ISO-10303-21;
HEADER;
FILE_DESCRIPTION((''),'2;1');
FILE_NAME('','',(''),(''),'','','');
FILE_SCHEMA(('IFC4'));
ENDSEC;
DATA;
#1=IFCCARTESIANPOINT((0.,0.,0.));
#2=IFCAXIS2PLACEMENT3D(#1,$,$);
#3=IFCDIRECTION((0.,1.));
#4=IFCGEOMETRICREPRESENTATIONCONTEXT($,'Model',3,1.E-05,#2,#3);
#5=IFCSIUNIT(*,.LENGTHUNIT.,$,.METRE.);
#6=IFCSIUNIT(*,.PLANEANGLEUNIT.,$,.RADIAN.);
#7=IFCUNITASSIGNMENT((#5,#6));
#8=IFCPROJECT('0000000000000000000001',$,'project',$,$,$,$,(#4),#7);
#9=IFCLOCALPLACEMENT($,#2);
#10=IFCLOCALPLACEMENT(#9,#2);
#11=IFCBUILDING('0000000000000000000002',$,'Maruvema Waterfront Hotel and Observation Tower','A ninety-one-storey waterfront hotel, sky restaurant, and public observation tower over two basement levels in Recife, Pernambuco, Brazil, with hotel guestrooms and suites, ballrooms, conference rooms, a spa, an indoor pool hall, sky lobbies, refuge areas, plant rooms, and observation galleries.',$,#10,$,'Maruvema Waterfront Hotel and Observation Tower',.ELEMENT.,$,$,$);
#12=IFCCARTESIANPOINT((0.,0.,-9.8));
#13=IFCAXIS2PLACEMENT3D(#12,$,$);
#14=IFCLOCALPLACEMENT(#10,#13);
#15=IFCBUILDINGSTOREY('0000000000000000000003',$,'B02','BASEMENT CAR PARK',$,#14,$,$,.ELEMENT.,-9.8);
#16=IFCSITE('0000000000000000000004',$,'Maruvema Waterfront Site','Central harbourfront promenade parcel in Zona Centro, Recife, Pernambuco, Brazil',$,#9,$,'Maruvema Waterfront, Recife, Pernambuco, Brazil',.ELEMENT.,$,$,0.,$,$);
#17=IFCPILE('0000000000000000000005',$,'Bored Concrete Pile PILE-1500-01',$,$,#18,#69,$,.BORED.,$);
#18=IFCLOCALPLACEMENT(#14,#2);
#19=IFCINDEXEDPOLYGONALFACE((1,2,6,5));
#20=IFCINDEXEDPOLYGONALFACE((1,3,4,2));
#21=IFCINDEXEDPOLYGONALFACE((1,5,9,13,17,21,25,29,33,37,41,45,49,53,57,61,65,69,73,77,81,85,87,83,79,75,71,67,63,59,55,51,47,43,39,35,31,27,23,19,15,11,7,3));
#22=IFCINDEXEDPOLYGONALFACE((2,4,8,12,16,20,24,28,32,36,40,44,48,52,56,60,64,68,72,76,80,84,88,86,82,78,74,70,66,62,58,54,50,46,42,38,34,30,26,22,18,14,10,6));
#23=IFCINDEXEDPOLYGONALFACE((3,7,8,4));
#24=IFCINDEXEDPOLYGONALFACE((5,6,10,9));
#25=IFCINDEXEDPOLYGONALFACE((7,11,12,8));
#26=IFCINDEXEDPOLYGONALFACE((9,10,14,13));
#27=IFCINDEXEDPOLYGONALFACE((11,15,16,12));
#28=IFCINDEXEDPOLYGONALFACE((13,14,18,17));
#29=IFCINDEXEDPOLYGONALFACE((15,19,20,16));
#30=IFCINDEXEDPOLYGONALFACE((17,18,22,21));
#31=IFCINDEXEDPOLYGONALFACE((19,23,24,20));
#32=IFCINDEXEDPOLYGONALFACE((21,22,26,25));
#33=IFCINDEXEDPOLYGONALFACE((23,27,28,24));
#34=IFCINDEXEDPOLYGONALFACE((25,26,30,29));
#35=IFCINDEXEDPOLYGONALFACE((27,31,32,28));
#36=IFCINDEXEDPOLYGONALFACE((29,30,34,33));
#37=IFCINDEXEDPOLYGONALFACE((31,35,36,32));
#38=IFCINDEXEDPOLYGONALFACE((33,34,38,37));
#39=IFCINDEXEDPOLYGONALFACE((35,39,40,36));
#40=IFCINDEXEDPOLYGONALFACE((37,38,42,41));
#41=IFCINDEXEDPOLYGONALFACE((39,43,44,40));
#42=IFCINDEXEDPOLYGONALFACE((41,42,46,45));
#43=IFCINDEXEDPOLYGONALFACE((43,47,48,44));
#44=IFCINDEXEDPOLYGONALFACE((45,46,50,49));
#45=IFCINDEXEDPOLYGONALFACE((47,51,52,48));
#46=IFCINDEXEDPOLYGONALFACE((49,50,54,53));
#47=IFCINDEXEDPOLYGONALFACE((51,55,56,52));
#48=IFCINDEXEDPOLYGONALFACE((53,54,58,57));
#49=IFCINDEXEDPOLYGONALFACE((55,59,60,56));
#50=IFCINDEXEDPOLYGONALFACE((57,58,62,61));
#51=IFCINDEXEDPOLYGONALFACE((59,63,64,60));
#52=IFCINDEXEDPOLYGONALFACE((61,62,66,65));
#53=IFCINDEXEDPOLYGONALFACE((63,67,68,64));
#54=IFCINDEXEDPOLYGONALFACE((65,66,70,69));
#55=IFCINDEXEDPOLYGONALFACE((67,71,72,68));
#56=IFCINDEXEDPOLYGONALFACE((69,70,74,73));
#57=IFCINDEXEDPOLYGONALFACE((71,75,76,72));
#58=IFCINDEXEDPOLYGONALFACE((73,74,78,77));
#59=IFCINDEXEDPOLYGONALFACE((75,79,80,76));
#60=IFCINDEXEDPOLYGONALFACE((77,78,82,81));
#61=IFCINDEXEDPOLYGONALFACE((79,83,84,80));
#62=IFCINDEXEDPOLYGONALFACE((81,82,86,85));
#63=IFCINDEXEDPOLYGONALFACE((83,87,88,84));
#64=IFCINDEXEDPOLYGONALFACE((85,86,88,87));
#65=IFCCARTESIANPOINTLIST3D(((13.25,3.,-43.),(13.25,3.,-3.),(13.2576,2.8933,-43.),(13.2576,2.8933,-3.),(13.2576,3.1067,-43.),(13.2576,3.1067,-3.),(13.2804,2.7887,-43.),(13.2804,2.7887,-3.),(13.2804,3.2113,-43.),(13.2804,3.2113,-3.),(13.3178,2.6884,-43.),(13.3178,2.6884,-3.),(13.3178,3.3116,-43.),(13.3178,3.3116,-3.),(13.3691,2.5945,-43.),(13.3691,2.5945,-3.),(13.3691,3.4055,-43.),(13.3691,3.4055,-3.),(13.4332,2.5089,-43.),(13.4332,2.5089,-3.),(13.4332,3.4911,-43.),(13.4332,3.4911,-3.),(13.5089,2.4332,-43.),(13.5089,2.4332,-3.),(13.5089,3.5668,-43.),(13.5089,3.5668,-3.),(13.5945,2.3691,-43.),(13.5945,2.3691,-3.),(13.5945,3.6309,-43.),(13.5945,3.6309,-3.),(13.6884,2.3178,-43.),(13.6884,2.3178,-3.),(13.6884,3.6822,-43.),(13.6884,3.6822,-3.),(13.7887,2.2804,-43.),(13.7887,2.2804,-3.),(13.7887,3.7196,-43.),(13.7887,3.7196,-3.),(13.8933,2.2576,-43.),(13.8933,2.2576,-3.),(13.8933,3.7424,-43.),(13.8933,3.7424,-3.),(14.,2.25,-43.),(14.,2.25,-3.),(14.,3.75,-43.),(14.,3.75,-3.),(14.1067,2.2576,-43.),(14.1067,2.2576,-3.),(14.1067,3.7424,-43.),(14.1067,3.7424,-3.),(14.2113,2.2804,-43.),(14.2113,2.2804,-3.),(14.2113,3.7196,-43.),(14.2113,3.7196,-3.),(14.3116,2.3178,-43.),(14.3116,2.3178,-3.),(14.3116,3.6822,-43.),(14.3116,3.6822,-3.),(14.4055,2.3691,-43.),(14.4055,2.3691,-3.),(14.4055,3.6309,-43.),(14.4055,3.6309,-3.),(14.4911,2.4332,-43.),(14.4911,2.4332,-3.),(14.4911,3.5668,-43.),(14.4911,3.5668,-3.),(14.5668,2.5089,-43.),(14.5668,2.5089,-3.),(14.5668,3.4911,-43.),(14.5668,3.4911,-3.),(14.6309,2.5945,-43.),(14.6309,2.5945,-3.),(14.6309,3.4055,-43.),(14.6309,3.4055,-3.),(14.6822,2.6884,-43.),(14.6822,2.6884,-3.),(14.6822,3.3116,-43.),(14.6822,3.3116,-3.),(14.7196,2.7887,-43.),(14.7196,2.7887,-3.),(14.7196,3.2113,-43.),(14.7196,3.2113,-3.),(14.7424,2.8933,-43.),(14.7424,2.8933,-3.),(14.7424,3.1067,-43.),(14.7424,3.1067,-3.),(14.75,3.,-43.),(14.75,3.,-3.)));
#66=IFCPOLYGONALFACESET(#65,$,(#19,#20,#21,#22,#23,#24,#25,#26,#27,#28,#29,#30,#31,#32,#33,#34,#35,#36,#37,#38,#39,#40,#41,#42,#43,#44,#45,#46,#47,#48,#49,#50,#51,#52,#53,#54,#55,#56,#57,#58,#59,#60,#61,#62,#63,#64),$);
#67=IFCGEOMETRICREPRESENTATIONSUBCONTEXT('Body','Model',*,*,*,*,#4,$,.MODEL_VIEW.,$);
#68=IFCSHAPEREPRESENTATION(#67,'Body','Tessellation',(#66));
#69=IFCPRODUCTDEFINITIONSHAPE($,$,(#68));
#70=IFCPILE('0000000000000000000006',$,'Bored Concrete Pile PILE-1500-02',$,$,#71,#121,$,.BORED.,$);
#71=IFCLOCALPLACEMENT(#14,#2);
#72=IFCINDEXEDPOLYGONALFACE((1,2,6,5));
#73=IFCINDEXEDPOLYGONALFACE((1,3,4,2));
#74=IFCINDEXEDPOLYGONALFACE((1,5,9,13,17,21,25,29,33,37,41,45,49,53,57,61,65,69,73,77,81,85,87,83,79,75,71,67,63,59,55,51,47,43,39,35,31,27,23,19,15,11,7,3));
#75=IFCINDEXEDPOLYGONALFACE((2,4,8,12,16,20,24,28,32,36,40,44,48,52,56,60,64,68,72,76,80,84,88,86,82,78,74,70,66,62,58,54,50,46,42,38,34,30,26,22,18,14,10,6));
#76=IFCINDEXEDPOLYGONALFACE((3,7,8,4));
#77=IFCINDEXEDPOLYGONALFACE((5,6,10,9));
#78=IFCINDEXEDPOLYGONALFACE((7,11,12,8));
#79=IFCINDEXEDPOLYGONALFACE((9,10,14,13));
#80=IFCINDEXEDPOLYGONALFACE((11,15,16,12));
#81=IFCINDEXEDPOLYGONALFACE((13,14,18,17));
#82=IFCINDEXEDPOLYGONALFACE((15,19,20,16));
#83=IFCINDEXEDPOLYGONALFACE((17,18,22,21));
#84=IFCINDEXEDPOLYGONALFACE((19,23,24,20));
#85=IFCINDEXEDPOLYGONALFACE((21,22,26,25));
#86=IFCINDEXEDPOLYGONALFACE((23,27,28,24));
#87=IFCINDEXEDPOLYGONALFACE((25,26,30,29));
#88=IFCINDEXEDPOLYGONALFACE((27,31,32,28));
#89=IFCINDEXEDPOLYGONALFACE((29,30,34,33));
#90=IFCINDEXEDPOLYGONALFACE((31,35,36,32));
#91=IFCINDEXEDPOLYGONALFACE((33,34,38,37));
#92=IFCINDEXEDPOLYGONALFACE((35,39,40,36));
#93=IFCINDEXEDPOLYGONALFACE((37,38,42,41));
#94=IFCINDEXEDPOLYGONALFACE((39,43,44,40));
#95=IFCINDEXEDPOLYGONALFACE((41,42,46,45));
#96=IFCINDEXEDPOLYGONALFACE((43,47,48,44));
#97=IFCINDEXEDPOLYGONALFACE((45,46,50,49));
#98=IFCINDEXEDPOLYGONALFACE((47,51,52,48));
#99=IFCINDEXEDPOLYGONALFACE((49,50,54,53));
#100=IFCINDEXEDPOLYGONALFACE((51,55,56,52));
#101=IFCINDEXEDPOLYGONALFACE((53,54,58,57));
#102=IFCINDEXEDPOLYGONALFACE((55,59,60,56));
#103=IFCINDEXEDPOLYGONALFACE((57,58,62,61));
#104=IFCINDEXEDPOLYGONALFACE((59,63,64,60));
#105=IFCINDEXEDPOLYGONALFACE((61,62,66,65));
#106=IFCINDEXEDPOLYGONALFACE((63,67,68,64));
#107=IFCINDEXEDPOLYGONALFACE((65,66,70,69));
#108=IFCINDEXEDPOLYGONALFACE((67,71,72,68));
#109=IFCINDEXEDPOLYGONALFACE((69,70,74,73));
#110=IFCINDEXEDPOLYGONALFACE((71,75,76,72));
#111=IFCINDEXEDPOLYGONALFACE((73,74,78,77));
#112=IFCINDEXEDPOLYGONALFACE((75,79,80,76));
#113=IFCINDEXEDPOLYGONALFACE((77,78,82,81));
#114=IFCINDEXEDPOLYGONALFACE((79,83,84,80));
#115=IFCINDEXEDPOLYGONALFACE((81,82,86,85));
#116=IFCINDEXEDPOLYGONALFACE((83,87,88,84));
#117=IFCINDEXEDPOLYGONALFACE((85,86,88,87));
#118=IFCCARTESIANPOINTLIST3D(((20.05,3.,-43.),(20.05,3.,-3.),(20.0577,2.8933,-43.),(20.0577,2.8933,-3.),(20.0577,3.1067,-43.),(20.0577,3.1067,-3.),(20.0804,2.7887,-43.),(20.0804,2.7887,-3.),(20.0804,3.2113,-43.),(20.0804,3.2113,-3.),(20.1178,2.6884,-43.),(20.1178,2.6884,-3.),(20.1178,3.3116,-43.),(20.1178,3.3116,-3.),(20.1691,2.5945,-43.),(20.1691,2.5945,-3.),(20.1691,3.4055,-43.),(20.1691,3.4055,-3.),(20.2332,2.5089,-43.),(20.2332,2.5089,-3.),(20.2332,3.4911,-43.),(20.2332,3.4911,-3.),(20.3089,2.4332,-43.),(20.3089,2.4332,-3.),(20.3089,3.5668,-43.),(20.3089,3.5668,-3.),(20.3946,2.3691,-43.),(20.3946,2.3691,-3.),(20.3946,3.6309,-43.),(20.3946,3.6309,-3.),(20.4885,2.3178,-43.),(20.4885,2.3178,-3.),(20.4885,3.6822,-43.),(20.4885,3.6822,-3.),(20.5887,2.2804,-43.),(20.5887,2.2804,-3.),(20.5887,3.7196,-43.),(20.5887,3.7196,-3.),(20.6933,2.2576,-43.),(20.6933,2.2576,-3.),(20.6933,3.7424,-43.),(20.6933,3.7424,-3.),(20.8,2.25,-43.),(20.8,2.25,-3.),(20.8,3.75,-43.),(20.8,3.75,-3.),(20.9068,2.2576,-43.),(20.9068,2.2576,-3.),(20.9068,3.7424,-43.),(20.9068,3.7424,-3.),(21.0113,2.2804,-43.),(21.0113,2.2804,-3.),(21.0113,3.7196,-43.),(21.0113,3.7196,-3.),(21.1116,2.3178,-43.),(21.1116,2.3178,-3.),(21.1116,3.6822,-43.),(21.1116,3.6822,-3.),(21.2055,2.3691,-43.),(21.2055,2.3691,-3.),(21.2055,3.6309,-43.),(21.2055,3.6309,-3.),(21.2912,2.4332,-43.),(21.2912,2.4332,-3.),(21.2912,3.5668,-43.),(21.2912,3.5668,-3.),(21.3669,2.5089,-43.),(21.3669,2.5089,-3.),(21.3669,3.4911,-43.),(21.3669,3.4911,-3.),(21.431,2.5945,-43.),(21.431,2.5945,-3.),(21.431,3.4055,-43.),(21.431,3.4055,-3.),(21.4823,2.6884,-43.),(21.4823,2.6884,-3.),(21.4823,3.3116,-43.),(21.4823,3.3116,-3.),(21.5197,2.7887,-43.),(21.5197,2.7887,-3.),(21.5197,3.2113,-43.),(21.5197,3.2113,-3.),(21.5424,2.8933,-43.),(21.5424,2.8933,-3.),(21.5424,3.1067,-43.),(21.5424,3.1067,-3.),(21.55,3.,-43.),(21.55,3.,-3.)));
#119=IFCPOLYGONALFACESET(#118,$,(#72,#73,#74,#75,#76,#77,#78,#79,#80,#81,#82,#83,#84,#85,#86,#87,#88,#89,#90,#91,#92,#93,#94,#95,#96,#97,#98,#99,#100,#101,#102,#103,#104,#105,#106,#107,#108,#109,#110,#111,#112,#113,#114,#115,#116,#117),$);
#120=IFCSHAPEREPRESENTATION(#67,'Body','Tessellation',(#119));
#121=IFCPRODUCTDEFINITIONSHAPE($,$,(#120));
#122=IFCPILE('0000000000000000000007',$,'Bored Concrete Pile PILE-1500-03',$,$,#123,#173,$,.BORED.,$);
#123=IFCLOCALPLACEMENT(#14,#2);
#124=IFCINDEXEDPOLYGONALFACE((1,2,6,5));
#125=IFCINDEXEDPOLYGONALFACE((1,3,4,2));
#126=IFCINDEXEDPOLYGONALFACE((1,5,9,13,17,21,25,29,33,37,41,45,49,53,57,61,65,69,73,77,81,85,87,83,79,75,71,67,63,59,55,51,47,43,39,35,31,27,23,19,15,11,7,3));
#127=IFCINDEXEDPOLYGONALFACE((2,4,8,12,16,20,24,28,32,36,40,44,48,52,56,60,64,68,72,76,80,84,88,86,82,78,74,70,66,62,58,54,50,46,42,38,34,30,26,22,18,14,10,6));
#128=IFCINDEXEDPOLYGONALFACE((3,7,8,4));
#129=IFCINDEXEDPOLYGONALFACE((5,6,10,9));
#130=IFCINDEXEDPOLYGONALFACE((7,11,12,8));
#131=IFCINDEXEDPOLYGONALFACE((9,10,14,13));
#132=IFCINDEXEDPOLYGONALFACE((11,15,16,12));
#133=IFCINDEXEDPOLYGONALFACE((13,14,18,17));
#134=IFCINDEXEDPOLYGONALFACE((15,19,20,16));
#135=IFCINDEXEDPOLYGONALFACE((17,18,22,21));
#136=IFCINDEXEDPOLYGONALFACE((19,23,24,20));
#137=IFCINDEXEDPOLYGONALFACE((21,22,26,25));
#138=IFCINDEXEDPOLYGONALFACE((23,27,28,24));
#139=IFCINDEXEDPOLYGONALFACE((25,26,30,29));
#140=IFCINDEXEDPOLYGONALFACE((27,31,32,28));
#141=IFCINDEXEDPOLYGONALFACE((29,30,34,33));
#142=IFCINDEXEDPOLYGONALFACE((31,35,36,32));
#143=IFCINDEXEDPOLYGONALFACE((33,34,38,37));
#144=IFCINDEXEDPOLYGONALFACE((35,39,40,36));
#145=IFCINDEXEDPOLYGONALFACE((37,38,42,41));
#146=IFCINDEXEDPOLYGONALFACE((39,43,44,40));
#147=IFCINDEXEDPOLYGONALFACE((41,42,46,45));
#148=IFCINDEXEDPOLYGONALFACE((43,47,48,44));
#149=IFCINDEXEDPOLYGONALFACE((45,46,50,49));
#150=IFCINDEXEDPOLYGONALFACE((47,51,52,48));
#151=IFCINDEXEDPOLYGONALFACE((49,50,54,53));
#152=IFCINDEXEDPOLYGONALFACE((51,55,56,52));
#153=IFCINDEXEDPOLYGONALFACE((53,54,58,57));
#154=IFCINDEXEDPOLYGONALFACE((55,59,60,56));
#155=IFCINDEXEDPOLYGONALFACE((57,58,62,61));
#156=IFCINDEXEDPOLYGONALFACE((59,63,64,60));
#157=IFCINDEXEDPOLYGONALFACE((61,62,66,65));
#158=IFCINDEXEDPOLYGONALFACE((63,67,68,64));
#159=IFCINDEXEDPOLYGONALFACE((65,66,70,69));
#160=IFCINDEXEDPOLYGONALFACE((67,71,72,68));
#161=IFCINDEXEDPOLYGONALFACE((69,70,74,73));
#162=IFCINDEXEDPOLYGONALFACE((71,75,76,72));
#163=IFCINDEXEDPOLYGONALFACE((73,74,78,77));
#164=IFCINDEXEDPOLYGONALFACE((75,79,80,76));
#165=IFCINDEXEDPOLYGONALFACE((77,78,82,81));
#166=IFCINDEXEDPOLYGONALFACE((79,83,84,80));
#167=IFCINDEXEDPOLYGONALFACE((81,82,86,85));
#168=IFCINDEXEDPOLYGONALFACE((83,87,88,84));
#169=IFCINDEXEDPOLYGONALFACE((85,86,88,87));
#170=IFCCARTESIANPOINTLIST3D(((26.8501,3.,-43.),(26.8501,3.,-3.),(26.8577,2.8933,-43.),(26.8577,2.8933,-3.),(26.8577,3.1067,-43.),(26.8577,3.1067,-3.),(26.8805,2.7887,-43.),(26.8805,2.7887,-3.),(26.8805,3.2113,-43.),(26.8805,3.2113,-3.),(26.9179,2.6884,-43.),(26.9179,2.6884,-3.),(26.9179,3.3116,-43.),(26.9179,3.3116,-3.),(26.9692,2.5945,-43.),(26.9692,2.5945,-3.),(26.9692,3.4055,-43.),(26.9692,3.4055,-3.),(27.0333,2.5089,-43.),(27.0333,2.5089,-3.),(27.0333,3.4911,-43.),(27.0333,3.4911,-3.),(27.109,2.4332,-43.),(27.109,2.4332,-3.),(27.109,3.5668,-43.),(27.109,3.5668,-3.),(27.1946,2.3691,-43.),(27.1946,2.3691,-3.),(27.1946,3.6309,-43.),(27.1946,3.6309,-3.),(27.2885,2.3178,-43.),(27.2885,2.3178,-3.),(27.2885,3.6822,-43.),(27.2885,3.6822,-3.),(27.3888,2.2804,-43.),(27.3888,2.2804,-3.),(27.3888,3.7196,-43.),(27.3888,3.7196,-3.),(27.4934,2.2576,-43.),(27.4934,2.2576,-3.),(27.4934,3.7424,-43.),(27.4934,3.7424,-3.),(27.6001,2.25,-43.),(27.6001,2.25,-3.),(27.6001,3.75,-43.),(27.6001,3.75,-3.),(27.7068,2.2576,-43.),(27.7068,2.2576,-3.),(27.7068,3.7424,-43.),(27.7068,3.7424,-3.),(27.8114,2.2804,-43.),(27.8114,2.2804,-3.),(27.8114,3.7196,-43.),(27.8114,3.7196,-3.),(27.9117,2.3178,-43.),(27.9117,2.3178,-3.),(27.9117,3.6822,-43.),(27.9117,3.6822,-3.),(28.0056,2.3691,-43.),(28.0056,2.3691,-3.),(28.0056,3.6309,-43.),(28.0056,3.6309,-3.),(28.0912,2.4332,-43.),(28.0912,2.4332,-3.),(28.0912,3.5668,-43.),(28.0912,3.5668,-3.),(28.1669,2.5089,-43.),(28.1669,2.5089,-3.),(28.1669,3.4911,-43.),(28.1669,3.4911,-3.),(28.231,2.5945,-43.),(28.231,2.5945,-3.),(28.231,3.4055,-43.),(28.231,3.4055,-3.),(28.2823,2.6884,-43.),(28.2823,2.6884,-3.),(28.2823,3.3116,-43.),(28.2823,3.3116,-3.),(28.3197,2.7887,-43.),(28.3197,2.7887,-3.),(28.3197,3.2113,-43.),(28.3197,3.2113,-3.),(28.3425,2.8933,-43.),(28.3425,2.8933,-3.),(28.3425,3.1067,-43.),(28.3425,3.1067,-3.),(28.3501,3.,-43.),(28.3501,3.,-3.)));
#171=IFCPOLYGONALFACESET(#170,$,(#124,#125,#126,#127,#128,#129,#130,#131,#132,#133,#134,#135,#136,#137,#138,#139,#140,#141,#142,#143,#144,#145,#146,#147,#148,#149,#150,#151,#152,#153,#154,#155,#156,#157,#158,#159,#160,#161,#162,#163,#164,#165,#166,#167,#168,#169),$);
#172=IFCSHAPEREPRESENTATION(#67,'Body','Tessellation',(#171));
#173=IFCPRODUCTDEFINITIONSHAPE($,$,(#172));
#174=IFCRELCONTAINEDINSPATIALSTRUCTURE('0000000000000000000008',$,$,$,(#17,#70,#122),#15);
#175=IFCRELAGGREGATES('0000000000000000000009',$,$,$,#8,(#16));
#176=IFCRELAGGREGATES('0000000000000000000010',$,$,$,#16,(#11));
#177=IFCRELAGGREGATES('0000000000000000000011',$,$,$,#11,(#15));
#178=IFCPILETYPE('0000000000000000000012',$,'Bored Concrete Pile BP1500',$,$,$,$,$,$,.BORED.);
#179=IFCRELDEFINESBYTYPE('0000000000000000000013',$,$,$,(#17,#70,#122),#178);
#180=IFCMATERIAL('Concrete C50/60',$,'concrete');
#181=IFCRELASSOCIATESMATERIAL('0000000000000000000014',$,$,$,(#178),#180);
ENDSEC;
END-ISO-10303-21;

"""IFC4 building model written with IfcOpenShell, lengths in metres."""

from ifc_helpers import new_model, si_unit, direction, frame, origin, origin_2d, place, context, subcontext, project, spatial, circle, extrude, material, material_profile, profile_set, type_object, element, save


model = new_model("IFC4")

# Units and contexts
model_context = context("Model", 3, precision=1e-05, world=origin(), true_north=direction((0.0, 1.0)))
body_context = subcontext(model_context, "Body", "Model", "MODEL_VIEW")
ifc_project = project(units=[si_unit("LENGTHUNIT", "METRE"), si_unit("PLANEANGLEUNIT", "RADIAN")], contexts=[model_context])

# Site, building, storey
site_placement = place(None, origin())
site = spatial("IfcSite", under=ifc_project, at=site_placement, Name="Maruvema Waterfront Site", Description="Central harbourfront promenade parcel in Zona Centro, Recife, Pernambuco, Brazil", LongName="Maruvema Waterfront, Recife, Pernambuco, Brazil", CompositionType="ELEMENT", RefElevation=0.0)
building_placement = place(site_placement, origin())
building = spatial("IfcBuilding", under=site, at=building_placement, Name="Maruvema Waterfront Hotel and Observation Tower", Description="A ninety-one-storey waterfront hotel, sky restaurant, and public observation tower over two basement levels in Recife, Pernambuco, Brazil, with hotel guestrooms and suites, ballrooms, conference rooms, a spa, an indoor pool hall, sky lobbies, refuge areas, plant rooms, and observation galleries.", LongName="Maruvema Waterfront Hotel and Observation Tower", CompositionType="ELEMENT")
storey_placement = place(building_placement, frame((0.0, 0.0, -9.8)))
storey = spatial("IfcBuildingStorey", under=building, at=storey_placement, Name="B02", Description="BASEMENT CAR PARK", CompositionType="ELEMENT", Elevation=-9.8)

# Piles
ifc_material_1 = material(Name="Concrete C50/60", Category="concrete")
ifc_material_profile_1 = material_profile(ifc_material_1, circle(Radius=0.75, at=origin_2d()), Name="BP1500")
ifc_profile_set_1 = profile_set([ifc_material_profile_1], Name="Concrete C50/60")
pile_type_1 = type_object("IfcPileType", Name="Bored Concrete Pile BP1500", PredefinedType="BORED", material=ifc_profile_set_1)
for number, where, z_axis, x_axis, name in (
    (1, (14.0, 3.0, -3.0), (0.0, 0.0, -1.0), (1.0, 0.0, 0.0), "Bored Concrete Pile PILE-1500-01"),
    (2, (20.8, 3.0, -3.0), (0.0, 0.0, -1.0), (1.0, 0.0, 0.0), "Bored Concrete Pile PILE-1500-02"),
    (3, (27.6001, 3.0, -3.0), (0.0, 0.0, -1.0), (1.0, 0.0, 0.0), "Bored Concrete Pile PILE-1500-03"),
):
    element("IfcPile", number, at=place(storey_placement, frame(where, z_axis=z_axis, x_axis=x_axis)), inside=storey, type_object=pile_type_1, Name=name, PredefinedType="BORED", context=body_context, shape_type="SweptSolid", body=[
        extrude(circle(Radius=0.75, at=origin_2d()), origin(), (0.0, 0.0, 1.0), 40.0),
    ])

save(model, "model.ifc")
